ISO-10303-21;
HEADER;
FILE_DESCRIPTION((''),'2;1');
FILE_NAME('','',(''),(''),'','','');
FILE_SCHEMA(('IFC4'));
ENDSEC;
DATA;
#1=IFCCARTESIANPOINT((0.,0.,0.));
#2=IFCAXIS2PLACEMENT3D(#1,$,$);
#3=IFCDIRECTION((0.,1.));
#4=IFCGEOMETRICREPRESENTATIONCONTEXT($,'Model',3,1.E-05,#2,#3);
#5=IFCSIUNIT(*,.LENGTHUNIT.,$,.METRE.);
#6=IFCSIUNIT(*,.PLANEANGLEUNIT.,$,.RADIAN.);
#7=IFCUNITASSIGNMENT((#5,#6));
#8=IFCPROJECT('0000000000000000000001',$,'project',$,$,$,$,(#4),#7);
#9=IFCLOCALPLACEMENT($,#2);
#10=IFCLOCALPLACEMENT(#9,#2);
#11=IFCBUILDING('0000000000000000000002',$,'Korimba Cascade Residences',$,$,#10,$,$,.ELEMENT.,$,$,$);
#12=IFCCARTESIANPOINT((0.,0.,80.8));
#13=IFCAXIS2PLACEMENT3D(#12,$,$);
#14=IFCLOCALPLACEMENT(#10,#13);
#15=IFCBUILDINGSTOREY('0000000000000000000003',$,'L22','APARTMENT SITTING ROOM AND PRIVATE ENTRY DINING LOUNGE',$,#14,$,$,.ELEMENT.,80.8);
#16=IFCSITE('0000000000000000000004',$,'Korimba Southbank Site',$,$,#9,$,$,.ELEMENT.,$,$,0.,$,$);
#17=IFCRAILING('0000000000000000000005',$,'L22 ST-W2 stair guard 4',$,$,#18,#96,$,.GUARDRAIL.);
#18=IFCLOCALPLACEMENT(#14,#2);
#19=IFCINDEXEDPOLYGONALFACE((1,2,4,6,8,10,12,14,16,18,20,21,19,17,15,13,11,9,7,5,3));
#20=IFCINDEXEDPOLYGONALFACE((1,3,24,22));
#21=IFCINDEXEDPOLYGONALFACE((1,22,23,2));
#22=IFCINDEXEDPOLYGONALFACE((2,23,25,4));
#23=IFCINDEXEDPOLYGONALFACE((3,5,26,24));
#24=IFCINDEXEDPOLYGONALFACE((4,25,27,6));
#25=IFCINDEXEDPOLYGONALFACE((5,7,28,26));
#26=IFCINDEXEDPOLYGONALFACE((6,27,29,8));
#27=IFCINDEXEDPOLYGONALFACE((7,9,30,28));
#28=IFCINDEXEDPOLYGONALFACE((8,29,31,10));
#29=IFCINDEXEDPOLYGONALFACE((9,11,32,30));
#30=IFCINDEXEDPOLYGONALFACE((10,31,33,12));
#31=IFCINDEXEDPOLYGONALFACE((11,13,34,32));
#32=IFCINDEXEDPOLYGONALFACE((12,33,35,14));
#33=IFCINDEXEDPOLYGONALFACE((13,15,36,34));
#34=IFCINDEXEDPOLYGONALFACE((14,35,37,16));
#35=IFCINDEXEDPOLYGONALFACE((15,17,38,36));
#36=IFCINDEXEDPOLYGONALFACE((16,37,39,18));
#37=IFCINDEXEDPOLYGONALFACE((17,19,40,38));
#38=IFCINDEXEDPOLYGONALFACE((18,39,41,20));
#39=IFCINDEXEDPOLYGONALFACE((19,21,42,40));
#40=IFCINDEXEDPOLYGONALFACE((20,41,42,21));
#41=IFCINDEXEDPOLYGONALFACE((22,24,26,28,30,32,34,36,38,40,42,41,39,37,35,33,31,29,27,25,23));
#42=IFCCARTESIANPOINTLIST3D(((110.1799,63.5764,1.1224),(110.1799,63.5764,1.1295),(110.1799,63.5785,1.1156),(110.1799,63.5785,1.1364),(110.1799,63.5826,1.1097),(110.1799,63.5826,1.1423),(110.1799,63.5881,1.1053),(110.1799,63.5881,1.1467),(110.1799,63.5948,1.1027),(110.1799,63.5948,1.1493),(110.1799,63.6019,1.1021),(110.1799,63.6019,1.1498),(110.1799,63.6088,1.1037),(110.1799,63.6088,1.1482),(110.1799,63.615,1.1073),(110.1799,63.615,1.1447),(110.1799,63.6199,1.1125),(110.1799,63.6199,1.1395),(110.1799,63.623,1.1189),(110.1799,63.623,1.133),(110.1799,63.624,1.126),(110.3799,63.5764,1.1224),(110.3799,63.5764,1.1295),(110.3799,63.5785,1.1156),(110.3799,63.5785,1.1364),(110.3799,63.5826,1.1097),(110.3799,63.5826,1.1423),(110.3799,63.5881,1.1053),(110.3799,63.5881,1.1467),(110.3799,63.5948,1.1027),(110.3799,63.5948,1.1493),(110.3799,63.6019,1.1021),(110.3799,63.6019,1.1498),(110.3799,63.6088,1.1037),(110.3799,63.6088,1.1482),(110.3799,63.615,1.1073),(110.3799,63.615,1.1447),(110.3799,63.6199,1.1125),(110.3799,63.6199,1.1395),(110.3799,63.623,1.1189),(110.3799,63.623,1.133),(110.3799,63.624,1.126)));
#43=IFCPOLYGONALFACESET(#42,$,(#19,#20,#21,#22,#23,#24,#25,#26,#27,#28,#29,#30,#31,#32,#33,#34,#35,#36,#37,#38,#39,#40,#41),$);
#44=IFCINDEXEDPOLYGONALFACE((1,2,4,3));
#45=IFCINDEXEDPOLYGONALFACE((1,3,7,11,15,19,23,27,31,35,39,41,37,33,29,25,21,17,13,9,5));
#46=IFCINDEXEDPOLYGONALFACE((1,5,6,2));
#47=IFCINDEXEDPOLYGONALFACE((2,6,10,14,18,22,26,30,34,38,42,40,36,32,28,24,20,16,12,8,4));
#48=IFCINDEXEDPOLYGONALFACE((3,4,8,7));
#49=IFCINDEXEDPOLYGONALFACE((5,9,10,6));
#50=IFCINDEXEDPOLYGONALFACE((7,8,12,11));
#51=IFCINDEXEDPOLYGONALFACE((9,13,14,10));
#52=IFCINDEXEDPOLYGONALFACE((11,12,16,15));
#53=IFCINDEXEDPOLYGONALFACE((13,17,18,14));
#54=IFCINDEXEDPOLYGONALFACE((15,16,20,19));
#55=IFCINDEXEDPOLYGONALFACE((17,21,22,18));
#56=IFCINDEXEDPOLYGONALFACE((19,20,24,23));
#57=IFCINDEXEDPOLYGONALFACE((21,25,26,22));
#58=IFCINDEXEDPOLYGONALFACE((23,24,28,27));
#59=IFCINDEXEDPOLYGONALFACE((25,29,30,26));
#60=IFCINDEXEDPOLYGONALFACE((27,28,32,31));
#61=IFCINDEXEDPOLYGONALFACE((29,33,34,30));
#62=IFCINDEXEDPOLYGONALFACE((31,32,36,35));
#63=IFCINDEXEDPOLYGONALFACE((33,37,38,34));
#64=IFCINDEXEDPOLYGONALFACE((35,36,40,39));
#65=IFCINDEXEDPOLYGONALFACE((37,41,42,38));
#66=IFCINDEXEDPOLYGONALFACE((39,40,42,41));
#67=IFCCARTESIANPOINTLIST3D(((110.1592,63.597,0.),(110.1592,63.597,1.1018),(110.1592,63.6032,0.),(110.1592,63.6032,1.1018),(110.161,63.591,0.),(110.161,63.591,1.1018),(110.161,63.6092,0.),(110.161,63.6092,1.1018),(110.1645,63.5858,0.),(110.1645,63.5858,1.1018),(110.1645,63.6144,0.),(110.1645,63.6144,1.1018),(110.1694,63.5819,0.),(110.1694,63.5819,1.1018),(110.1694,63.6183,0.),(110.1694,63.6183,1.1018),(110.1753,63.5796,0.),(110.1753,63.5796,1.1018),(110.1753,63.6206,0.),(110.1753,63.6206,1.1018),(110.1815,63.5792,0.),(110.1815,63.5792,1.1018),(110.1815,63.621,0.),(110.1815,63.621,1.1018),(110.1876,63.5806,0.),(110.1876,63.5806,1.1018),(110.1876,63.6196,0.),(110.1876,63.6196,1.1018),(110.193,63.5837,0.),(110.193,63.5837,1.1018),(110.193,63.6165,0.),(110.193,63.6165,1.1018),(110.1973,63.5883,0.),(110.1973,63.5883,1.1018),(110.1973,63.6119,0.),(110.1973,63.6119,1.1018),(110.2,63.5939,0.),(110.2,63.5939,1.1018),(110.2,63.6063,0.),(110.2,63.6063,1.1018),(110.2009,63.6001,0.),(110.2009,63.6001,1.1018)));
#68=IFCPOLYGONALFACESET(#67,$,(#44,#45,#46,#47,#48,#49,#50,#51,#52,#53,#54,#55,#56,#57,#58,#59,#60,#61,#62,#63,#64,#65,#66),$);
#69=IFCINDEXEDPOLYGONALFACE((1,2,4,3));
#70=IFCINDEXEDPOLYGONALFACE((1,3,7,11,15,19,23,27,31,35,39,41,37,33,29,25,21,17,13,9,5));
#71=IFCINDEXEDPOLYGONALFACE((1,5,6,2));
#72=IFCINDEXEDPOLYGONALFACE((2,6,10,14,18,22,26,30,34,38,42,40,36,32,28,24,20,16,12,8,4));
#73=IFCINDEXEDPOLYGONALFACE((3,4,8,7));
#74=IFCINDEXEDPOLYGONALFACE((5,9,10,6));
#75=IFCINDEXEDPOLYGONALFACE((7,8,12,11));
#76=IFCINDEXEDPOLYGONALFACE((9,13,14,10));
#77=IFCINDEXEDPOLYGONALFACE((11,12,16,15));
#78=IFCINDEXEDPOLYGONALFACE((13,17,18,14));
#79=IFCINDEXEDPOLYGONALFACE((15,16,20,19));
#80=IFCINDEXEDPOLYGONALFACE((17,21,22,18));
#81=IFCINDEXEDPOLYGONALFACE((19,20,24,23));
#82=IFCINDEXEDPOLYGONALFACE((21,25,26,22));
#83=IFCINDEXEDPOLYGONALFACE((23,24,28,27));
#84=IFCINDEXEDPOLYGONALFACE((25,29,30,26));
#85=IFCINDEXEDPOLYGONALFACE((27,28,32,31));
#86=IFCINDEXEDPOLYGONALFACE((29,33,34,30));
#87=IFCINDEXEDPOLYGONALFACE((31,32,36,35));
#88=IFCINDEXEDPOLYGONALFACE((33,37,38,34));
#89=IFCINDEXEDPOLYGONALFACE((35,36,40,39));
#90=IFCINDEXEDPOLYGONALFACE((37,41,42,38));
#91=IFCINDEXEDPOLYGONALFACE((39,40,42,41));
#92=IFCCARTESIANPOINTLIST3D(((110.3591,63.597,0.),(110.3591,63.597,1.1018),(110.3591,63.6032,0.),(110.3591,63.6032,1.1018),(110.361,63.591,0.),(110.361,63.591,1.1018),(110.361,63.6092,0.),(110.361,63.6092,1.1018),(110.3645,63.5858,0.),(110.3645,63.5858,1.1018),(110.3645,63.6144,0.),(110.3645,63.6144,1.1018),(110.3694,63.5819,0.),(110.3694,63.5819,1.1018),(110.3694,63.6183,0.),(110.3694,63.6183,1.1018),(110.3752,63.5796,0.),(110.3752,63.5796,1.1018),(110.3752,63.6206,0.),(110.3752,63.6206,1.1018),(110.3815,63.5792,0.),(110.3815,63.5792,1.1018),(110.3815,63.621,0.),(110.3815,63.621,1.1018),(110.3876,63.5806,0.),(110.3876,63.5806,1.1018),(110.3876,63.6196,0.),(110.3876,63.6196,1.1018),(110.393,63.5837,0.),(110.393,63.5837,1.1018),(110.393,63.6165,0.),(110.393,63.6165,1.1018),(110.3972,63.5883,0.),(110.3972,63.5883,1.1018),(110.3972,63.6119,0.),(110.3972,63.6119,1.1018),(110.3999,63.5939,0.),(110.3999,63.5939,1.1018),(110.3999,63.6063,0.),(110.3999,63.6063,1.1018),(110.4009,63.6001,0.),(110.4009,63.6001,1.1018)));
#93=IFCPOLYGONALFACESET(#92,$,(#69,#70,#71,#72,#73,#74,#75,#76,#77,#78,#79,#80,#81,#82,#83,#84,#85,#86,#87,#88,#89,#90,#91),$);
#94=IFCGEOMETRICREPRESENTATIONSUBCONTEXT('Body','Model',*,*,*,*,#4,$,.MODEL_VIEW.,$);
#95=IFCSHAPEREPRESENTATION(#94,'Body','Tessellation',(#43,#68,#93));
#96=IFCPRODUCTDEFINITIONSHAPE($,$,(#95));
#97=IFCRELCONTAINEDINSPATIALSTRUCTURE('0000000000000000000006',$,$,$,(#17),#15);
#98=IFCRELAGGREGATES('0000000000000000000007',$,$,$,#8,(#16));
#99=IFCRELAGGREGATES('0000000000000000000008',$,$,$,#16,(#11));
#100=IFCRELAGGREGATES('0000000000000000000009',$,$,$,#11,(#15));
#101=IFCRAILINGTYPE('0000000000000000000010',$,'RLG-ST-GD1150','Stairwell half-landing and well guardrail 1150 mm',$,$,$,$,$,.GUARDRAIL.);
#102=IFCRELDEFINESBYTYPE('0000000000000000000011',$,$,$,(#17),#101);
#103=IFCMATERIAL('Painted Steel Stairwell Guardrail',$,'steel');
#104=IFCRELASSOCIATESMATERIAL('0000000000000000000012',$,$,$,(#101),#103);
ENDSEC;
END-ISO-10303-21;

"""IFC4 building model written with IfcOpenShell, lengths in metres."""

from ifc_helpers import new_model, si_unit, direction, frame, origin, origin_2d, place, context, subcontext, project, spatial, circle, extrude, material, type_object, element, save


model = new_model("IFC4")

# Units and contexts
model_context = context("Model", 3, precision=1e-05, world=origin(), true_north=direction((0.0, 1.0)))
body_context = subcontext(model_context, "Body", "Model", "MODEL_VIEW")
ifc_project = project(units=[si_unit("LENGTHUNIT", "METRE"), si_unit("PLANEANGLEUNIT", "RADIAN")], contexts=[model_context])

# Site, building, storey
site_placement = place(None, origin())
site = spatial("IfcSite", under=ifc_project, at=site_placement, Name="Korimba Southbank Site", CompositionType="ELEMENT", RefElevation=0.0)
building_placement = place(site_placement, origin())
building = spatial("IfcBuilding", under=site, at=building_placement, Name="Korimba Cascade Residences", CompositionType="ELEMENT")
storey_placement = place(building_placement, frame((0.0, 0.0, 80.8)))
storey = spatial("IfcBuildingStorey", under=building, at=storey_placement, Name="L22", Description="APARTMENT SITTING ROOM AND PRIVATE ENTRY DINING LOUNGE", CompositionType="ELEMENT", Elevation=80.8)

# Railing
ifc_material_1 = material(Name="Painted Steel Stairwell Guardrail", Category="steel")
railing_type_1 = type_object("IfcRailingType", Name="RLG-ST-GD1150", Description="Stairwell half-landing and well guardrail 1150 mm", PredefinedType="GUARDRAIL", material=ifc_material_1)
railing_1_placement = place(storey_placement, frame((110.1799, 63.6001, 0.0)))
element("IfcRailing", 1, at=railing_1_placement, inside=storey, type_object=railing_type_1, Name="L22 ST-W2 stair guard 4", PredefinedType="GUARDRAIL", context=body_context, shape_type="SweptSolid", body=[
    extrude(circle(Radius=0.0239, at=origin_2d()), frame((0.0, 0.0, 1.126), z_axis=(1.0, 0.0, 0.0), x_axis=(0.0, 1.0, 0.0)), (0.0, 0.0, 1.0), 0.2),
    extrude(circle(Radius=0.021, at=origin_2d()), origin(), (0.0, 0.0, 1.0), 1.1018),
    extrude(circle(Radius=0.021, at=origin_2d()), frame((0.2, 0.0, 0.0)), (0.0, 0.0, 1.0), 1.1018),
])

save(model, "model.ifc")
